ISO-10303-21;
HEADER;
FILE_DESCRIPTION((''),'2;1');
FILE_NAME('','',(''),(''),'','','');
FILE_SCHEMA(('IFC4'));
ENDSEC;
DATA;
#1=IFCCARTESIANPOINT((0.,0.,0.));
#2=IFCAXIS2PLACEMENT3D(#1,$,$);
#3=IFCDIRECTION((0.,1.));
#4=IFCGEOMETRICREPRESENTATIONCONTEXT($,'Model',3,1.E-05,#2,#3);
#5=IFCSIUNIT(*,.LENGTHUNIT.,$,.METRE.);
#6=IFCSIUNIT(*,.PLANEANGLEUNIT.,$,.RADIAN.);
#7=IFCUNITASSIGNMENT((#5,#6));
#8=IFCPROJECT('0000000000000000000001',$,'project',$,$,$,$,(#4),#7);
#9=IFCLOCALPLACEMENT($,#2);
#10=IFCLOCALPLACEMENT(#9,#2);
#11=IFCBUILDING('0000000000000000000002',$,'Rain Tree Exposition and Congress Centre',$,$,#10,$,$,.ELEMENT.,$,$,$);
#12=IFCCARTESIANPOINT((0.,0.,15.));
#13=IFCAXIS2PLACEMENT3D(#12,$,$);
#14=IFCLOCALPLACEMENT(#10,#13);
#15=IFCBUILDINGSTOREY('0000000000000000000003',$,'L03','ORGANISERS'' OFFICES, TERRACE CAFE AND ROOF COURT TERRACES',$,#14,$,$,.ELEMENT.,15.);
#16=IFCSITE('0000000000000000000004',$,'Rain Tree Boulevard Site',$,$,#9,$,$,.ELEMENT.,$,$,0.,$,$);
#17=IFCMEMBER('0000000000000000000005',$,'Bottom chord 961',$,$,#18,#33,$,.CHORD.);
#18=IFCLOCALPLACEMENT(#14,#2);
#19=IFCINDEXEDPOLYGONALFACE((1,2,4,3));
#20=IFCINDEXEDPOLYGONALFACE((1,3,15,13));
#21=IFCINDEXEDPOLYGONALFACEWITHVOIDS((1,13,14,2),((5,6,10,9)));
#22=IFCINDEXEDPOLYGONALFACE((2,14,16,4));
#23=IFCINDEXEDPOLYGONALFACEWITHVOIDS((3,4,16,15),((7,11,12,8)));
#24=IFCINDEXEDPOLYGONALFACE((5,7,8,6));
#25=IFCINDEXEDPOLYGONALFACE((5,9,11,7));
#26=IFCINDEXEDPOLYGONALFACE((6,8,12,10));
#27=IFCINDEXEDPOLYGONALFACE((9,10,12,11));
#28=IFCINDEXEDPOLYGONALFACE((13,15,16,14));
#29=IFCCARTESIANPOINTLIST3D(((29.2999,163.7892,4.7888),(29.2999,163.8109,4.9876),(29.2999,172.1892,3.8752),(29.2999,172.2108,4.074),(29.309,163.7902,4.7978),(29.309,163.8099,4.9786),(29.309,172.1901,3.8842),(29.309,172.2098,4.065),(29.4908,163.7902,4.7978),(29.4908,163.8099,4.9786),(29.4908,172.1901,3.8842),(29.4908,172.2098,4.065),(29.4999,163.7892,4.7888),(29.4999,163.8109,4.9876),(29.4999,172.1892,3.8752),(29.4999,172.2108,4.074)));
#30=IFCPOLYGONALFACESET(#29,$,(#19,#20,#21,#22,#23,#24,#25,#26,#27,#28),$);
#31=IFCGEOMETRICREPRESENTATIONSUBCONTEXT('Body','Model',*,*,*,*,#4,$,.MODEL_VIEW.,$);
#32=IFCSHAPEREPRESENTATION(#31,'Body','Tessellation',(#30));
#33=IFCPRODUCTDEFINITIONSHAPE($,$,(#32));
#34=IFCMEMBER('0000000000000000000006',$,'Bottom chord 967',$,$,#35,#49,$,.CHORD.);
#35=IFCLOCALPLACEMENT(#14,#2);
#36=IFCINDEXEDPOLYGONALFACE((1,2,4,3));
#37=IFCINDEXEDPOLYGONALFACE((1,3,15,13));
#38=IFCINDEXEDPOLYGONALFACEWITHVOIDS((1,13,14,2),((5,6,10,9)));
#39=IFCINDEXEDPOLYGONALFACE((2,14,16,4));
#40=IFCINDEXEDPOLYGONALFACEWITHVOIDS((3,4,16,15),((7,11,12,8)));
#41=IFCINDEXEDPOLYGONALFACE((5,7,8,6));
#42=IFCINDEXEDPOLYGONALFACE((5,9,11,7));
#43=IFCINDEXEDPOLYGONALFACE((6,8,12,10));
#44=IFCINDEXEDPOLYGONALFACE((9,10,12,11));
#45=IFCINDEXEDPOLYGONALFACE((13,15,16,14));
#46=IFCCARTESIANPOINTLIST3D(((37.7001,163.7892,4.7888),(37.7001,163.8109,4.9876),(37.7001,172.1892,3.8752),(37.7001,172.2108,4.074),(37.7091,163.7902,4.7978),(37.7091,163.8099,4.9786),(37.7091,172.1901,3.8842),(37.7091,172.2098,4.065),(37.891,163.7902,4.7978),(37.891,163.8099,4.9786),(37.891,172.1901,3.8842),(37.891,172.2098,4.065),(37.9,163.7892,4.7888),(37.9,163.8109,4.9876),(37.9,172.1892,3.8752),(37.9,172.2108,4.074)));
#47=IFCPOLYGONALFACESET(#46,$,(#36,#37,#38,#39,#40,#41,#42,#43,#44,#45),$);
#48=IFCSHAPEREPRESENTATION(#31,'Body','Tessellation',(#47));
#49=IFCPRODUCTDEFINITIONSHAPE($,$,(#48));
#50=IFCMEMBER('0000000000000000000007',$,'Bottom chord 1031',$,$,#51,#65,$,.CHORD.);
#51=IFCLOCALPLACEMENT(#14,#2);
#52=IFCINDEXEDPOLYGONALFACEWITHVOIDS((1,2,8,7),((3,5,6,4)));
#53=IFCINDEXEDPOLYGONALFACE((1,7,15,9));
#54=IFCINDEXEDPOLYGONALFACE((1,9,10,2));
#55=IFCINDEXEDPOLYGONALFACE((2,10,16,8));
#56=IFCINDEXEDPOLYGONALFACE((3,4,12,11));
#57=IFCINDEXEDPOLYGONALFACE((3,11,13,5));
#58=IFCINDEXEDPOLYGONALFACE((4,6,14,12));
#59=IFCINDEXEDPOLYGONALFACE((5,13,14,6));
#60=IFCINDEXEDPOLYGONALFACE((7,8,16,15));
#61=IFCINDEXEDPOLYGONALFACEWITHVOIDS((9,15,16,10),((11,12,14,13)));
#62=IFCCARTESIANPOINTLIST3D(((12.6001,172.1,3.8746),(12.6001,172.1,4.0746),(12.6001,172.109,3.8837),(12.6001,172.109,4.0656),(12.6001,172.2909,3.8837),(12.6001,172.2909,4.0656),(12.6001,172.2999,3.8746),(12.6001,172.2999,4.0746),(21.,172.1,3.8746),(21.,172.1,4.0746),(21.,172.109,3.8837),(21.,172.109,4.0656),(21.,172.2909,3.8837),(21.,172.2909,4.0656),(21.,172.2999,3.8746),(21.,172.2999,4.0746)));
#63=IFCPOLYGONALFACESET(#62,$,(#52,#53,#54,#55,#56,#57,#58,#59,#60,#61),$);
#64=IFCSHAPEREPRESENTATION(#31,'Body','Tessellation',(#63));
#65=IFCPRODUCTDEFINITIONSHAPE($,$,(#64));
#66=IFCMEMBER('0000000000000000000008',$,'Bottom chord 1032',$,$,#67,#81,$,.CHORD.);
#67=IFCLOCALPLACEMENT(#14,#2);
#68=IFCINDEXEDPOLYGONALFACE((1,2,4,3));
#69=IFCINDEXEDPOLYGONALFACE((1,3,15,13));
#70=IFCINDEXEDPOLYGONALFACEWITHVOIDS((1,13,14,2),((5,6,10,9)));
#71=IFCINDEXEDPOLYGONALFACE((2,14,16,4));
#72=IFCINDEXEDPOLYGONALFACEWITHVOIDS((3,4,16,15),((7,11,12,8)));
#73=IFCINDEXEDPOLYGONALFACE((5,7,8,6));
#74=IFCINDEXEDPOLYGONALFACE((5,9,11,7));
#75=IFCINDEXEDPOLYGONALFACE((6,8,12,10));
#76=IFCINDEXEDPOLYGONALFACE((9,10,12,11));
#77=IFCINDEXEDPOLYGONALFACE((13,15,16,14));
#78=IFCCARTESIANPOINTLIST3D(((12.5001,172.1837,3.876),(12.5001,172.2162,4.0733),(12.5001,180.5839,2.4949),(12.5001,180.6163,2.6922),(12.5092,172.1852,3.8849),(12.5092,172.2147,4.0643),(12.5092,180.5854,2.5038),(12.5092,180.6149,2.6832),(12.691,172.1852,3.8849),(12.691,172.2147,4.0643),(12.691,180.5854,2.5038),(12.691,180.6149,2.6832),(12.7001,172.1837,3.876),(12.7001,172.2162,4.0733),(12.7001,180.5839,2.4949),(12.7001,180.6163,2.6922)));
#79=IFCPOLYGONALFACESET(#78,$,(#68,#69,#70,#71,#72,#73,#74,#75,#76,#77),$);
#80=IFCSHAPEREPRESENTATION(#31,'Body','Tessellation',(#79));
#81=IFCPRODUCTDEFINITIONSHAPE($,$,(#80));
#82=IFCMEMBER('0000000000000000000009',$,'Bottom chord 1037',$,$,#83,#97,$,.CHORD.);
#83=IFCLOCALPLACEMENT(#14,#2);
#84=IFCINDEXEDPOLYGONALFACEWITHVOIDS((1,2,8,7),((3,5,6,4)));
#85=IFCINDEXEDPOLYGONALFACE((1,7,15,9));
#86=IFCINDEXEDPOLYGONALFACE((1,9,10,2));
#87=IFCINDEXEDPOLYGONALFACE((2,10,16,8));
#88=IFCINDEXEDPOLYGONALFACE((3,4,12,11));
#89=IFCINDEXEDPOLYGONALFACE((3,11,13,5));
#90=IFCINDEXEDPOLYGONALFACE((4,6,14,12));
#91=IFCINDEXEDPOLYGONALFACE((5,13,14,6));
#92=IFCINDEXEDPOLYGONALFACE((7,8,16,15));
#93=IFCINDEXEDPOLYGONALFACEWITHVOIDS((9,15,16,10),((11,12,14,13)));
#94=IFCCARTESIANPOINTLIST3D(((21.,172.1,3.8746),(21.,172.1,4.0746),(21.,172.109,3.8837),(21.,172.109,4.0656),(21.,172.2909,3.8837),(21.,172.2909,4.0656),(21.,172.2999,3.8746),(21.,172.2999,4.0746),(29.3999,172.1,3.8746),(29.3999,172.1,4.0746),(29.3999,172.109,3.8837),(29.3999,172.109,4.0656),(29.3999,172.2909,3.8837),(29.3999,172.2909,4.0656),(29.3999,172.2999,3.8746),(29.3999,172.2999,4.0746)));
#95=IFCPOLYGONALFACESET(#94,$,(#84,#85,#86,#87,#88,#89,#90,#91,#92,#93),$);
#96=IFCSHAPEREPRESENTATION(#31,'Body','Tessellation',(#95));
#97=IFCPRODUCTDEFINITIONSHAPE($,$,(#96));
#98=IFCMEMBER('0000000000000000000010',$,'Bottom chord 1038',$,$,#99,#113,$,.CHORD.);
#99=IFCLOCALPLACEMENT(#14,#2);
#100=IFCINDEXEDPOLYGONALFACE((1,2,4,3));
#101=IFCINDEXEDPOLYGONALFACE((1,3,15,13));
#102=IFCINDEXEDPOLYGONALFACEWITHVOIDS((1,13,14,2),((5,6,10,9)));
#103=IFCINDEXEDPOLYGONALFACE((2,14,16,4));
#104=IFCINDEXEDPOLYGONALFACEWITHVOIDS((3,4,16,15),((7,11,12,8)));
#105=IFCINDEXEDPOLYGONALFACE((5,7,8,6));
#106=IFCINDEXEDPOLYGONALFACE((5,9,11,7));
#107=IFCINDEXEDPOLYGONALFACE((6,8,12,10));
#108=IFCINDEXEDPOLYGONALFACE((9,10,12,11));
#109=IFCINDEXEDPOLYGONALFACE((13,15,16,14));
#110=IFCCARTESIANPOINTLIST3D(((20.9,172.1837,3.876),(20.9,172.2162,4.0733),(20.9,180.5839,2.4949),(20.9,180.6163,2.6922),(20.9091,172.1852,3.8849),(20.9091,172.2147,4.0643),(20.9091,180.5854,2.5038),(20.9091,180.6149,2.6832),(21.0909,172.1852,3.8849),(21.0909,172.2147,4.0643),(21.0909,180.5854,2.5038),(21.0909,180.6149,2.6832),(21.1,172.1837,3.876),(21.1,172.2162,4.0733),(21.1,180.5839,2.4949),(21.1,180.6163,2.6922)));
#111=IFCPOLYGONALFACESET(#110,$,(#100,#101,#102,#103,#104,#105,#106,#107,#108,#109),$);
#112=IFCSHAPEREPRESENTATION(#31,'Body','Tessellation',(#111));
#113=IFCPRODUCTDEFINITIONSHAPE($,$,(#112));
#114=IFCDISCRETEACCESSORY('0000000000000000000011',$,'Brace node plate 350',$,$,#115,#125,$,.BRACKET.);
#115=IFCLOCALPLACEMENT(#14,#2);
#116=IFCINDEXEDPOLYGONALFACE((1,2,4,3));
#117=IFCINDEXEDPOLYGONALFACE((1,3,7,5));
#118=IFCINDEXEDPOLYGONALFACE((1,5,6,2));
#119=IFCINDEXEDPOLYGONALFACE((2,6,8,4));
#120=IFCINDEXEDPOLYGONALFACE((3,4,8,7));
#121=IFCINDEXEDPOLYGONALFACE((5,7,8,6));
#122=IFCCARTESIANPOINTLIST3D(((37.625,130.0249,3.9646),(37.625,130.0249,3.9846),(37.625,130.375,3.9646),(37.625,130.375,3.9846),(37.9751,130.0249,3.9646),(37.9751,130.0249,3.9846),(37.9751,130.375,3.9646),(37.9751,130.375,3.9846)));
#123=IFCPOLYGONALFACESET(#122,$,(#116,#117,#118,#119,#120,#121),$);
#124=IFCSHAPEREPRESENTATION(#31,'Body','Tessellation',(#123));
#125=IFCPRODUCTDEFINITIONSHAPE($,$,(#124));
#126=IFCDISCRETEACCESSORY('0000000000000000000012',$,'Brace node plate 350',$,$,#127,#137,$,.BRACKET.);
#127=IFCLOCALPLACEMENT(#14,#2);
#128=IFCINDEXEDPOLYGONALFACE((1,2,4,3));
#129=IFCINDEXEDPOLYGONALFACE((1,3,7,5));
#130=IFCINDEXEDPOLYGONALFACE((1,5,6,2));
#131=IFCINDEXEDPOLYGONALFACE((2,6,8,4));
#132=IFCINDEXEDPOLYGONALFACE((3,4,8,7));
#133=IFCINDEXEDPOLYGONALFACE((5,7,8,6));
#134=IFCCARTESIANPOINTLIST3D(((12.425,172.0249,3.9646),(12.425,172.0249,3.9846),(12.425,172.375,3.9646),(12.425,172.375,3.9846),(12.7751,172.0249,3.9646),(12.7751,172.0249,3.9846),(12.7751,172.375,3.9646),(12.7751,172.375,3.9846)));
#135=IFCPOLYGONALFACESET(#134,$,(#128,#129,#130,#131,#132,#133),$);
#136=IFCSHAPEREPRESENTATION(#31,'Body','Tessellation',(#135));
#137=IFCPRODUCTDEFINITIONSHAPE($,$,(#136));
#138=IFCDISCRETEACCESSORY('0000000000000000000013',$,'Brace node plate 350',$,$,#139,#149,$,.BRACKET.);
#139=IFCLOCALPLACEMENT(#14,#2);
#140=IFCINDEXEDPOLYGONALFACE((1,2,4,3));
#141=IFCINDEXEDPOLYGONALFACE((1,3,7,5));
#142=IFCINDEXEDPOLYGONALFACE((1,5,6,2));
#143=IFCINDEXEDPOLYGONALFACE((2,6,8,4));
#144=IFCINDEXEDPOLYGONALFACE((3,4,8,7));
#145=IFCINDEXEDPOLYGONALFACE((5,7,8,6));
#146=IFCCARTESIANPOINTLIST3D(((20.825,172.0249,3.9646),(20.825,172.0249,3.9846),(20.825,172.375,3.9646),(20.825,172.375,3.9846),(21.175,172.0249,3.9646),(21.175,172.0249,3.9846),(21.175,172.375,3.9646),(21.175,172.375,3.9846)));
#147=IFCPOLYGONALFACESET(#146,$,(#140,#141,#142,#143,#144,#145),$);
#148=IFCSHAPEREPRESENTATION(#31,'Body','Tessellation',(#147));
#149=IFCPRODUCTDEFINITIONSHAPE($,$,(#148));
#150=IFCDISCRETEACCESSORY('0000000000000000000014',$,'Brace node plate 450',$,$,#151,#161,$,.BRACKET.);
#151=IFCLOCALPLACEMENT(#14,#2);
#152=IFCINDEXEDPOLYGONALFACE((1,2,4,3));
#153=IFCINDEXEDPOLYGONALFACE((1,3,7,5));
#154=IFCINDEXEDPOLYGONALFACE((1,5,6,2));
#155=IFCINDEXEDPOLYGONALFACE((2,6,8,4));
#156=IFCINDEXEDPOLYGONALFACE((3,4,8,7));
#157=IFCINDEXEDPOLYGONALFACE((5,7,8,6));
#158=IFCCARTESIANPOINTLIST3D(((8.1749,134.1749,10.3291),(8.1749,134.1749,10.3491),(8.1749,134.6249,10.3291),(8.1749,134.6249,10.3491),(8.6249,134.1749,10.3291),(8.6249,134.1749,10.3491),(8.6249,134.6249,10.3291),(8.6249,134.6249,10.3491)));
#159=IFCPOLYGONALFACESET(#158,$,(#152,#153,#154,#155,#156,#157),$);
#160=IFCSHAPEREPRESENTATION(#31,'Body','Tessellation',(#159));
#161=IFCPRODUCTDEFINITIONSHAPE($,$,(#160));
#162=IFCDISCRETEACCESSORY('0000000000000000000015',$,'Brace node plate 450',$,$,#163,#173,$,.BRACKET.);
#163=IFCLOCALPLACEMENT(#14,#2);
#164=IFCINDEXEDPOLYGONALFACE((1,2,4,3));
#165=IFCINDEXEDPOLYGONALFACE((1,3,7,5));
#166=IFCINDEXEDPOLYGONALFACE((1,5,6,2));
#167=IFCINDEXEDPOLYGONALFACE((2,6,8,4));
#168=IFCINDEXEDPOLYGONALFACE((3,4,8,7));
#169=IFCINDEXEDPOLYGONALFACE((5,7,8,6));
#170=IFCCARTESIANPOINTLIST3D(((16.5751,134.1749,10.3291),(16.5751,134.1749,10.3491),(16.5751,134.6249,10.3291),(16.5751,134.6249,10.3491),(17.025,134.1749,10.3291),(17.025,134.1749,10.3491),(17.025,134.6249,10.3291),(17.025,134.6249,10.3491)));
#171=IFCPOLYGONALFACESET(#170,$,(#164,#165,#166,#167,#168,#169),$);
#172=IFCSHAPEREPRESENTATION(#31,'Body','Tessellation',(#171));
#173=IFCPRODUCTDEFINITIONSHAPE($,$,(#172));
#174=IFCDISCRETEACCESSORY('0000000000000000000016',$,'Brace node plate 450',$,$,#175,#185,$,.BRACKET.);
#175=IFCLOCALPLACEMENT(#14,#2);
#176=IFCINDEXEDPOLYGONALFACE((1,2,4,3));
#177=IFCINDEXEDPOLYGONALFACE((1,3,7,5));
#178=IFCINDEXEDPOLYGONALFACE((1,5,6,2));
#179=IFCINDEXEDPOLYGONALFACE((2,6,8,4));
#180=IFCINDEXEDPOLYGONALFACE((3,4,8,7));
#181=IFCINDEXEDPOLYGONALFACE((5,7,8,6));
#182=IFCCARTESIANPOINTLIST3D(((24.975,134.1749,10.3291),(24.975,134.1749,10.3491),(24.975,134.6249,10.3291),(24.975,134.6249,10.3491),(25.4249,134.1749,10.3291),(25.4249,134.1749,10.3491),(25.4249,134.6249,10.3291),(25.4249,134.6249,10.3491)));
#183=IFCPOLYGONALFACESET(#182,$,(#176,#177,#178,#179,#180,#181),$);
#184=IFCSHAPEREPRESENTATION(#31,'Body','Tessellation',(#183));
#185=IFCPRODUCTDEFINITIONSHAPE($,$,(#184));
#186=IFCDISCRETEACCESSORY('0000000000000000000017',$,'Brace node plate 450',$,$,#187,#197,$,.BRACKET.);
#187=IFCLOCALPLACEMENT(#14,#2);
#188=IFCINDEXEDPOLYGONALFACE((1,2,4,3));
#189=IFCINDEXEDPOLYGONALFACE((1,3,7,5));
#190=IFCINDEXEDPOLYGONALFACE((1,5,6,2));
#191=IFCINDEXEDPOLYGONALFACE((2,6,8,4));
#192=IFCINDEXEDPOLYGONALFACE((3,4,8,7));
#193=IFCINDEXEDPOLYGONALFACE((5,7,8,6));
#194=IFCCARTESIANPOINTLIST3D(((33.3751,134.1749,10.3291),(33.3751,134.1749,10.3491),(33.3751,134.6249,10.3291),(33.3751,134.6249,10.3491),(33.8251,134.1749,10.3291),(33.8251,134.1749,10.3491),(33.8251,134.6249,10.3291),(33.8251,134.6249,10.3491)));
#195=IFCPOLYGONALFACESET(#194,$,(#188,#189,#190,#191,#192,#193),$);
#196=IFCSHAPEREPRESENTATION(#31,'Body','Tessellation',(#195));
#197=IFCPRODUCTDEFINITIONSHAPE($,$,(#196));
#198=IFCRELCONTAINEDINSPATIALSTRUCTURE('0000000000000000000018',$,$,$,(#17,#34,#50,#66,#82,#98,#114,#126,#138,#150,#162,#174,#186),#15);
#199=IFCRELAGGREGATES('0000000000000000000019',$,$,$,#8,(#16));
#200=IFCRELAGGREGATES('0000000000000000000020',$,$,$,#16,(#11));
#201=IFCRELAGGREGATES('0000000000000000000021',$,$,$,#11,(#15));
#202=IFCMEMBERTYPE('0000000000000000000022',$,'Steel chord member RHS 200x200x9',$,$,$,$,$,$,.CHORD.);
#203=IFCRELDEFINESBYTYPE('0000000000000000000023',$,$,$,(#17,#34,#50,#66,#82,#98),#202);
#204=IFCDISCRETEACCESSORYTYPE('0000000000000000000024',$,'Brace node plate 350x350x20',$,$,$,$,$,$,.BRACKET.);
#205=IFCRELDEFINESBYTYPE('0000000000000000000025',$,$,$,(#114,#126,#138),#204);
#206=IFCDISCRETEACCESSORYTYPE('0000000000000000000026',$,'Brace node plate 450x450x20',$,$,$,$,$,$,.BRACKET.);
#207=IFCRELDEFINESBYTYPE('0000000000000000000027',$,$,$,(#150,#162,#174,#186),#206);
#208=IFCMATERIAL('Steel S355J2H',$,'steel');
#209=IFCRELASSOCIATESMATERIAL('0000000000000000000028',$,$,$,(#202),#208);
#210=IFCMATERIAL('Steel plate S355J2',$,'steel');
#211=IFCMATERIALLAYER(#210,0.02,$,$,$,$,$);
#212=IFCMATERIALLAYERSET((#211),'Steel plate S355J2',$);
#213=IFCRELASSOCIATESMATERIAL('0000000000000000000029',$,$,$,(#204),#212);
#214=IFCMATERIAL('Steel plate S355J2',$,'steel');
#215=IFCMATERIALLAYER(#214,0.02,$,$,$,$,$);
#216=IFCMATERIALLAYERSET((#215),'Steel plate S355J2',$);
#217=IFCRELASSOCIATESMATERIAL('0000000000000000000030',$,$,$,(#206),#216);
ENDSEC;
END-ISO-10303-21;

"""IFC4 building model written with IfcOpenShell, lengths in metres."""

from ifc_helpers import new_model, si_unit, direction, frame, origin, origin_2d, place, context, subcontext, project, spatial, rectangle, hollow_rectangle, extrude, material, layer, layer_set, material_profile, profile_set, type_object, element, save


model = new_model("IFC4")

# Units and contexts
model_context = context("Model", 3, precision=1e-05, world=origin(), true_north=direction((0.0, 1.0)))
body_context = subcontext(model_context, "Body", "Model", "MODEL_VIEW")
ifc_project = project(units=[si_unit("LENGTHUNIT", "METRE"), si_unit("PLANEANGLEUNIT", "RADIAN")], contexts=[model_context])

# Site, building, storey
site_placement = place(None, origin())
site = spatial("IfcSite", under=ifc_project, at=site_placement, Name="Rain Tree Boulevard Site", CompositionType="ELEMENT", RefElevation=0.0)
building_placement = place(site_placement, origin())
building = spatial("IfcBuilding", under=site, at=building_placement, Name="Rain Tree Exposition and Congress Centre", CompositionType="ELEMENT")
storey_placement = place(building_placement, frame((0.0, 0.0, 15.0)))
storey = spatial("IfcBuildingStorey", under=building, at=storey_placement, Name="L03", Description="ORGANISERS' OFFICES, TERRACE CAFE AND ROOF COURT TERRACES", CompositionType="ELEMENT", Elevation=15.0)

# Members
ifc_material_1 = material(Name="Steel S355J2H", Category="steel")
ifc_material_profile_1 = material_profile(ifc_material_1, hollow_rectangle(XDim=0.2, YDim=0.2, WallThickness=0.009, at=origin_2d()), Name="RHS 200x200x9")
ifc_profile_set_1 = profile_set([ifc_material_profile_1], Name="Steel S355J2H")
member_type_1 = type_object("IfcMemberType", Name="Steel chord member RHS 200x200x9", PredefinedType="CHORD", material=ifc_profile_set_1)
for number, where, z_axis, x_axis, name in (
    (1, (29.3999, 163.8, 4.8882), (0.0, 0.994138, -0.108123), (-1.0, 0.0, 0.0), "Bottom chord 961"),
    (2, (37.8, 163.8, 4.8882), (0.0, 0.994138, -0.108123), (-1.0, 0.0, 0.0), "Bottom chord 967"),
):
    element("IfcMember", number, at=place(storey_placement, frame(where, z_axis=z_axis, x_axis=x_axis)), inside=storey, type_object=member_type_1, Name=name, PredefinedType="CHORD", context=body_context, shape_type="SweptSolid", body=[
        extrude(hollow_rectangle(XDim=0.2, YDim=0.2, WallThickness=0.009, at=origin_2d()), origin(), (0.0, 0.0, 1.0), 8.4495),
    ])
member_1_placement = place(storey_placement, frame((12.6001, 172.2, 3.9746), z_axis=(1.0, 0.0, 0.0), x_axis=(0.0, 1.0, 0.0)))
element("IfcMember", 3, at=member_1_placement, inside=storey, type_object=member_type_1, Name="Bottom chord 1031", PredefinedType="CHORD", context=body_context, shape_type="SweptSolid", body=[
    extrude(hollow_rectangle(XDim=0.2, YDim=0.2, WallThickness=0.009, at=origin_2d()), origin(), (0.0, 0.0, 1.0), 8.3999),
])
member_2_placement = place(storey_placement, frame((12.6001, 172.2, 3.9746), z_axis=(0.0, 0.986752, -0.162236), x_axis=(-1.0, 0.0, 0.0)))
element("IfcMember", 4, at=member_2_placement, inside=storey, type_object=member_type_1, Name="Bottom chord 1032", PredefinedType="CHORD", context=body_context, shape_type="SweptSolid", body=[
    extrude(hollow_rectangle(XDim=0.2, YDim=0.2, WallThickness=0.009, at=origin_2d()), origin(), (0.0, 0.0, 1.0), 8.5129),
])
member_3_placement = place(storey_placement, frame((21.0, 172.2, 3.9746), z_axis=(1.0, 0.0, 0.0), x_axis=(0.0, 1.0, 0.0)))
element("IfcMember", 5, at=member_3_placement, inside=storey, type_object=member_type_1, Name="Bottom chord 1037", PredefinedType="CHORD", context=body_context, shape_type="SweptSolid", body=[
    extrude(hollow_rectangle(XDim=0.2, YDim=0.2, WallThickness=0.009, at=origin_2d()), origin(), (0.0, 0.0, 1.0), 8.3999),
])
member_4_placement = place(storey_placement, frame((21.0, 172.2, 3.9746), z_axis=(0.0, 0.986752, -0.162236), x_axis=(-1.0, 0.0, 0.0)))
element("IfcMember", 6, at=member_4_placement, inside=storey, type_object=member_type_1, Name="Bottom chord 1038", PredefinedType="CHORD", context=body_context, shape_type="SweptSolid", body=[
    extrude(hollow_rectangle(XDim=0.2, YDim=0.2, WallThickness=0.009, at=origin_2d()), origin(), (0.0, 0.0, 1.0), 8.5129),
])

# Discrete accessories
ifc_material_2 = material(Name="Steel plate S355J2", Category="steel")
ifc_layer_1 = layer(ifc_material_2, 0.02)
ifc_layer_set_1 = layer_set([ifc_layer_1], Name="Steel plate S355J2")
discrete_accessory_type_1 = type_object("IfcDiscreteAccessoryType", Name="Brace node plate 350x350x20", PredefinedType="BRACKET", material=ifc_layer_set_1)
for number, where, z_axis, x_axis, name in (
    (7, (37.8, 130.2, 3.9646), (0.0, 0.0, 1.0), (1.0, 0.0, 0.0), "Brace node plate 350"),
    (8, (12.6001, 172.2, 3.9646), (0.0, 0.0, 1.0), (1.0, 0.0, 0.0), "Brace node plate 350"),
    (9, (21.0, 172.2, 3.9646), (0.0, 0.0, 1.0), (1.0, 0.0, 0.0), "Brace node plate 350"),
):
    element("IfcDiscreteAccessory", number, at=place(storey_placement, frame(where, z_axis=z_axis, x_axis=x_axis)), inside=storey, type_object=discrete_accessory_type_1, Name=name, PredefinedType="BRACKET", context=body_context, shape_type="SweptSolid", body=[
        extrude(rectangle(XDim=0.3501, YDim=0.3501, at=origin_2d()), origin(), (0.0, 0.0, 1.0), 0.02),
    ])
ifc_material_3 = material(Name="Steel plate S355J2", Category="steel")
ifc_layer_2 = layer(ifc_material_3, 0.02)
ifc_layer_set_2 = layer_set([ifc_layer_2], Name="Steel plate S355J2")
discrete_accessory_type_2 = type_object("IfcDiscreteAccessoryType", Name="Brace node plate 450x450x20", PredefinedType="BRACKET", material=ifc_layer_set_2)
for number, where, z_axis, x_axis, name in (
    (10, (8.3999, 134.3999, 10.3291), (0.0, 0.0, 1.0), (1.0, 0.0, 0.0), "Brace node plate 450"),
    (11, (16.8, 134.3999, 10.3291), (0.0, 0.0, 1.0), (1.0, 0.0, 0.0), "Brace node plate 450"),
    (12, (25.2, 134.3999, 10.3291), (0.0, 0.0, 1.0), (1.0, 0.0, 0.0), "Brace node plate 450"),
    (13, (33.6001, 134.3999, 10.3291), (0.0, 0.0, 1.0), (1.0, 0.0, 0.0), "Brace node plate 450"),
):
    element("IfcDiscreteAccessory", number, at=place(storey_placement, frame(where, z_axis=z_axis, x_axis=x_axis)), inside=storey, type_object=discrete_accessory_type_2, Name=name, PredefinedType="BRACKET", context=body_context, shape_type="SweptSolid", body=[
        extrude(rectangle(XDim=0.45, YDim=0.45, at=origin_2d()), origin(), (0.0, 0.0, 1.0), 0.02),
    ])

save(model, "model.ifc")
